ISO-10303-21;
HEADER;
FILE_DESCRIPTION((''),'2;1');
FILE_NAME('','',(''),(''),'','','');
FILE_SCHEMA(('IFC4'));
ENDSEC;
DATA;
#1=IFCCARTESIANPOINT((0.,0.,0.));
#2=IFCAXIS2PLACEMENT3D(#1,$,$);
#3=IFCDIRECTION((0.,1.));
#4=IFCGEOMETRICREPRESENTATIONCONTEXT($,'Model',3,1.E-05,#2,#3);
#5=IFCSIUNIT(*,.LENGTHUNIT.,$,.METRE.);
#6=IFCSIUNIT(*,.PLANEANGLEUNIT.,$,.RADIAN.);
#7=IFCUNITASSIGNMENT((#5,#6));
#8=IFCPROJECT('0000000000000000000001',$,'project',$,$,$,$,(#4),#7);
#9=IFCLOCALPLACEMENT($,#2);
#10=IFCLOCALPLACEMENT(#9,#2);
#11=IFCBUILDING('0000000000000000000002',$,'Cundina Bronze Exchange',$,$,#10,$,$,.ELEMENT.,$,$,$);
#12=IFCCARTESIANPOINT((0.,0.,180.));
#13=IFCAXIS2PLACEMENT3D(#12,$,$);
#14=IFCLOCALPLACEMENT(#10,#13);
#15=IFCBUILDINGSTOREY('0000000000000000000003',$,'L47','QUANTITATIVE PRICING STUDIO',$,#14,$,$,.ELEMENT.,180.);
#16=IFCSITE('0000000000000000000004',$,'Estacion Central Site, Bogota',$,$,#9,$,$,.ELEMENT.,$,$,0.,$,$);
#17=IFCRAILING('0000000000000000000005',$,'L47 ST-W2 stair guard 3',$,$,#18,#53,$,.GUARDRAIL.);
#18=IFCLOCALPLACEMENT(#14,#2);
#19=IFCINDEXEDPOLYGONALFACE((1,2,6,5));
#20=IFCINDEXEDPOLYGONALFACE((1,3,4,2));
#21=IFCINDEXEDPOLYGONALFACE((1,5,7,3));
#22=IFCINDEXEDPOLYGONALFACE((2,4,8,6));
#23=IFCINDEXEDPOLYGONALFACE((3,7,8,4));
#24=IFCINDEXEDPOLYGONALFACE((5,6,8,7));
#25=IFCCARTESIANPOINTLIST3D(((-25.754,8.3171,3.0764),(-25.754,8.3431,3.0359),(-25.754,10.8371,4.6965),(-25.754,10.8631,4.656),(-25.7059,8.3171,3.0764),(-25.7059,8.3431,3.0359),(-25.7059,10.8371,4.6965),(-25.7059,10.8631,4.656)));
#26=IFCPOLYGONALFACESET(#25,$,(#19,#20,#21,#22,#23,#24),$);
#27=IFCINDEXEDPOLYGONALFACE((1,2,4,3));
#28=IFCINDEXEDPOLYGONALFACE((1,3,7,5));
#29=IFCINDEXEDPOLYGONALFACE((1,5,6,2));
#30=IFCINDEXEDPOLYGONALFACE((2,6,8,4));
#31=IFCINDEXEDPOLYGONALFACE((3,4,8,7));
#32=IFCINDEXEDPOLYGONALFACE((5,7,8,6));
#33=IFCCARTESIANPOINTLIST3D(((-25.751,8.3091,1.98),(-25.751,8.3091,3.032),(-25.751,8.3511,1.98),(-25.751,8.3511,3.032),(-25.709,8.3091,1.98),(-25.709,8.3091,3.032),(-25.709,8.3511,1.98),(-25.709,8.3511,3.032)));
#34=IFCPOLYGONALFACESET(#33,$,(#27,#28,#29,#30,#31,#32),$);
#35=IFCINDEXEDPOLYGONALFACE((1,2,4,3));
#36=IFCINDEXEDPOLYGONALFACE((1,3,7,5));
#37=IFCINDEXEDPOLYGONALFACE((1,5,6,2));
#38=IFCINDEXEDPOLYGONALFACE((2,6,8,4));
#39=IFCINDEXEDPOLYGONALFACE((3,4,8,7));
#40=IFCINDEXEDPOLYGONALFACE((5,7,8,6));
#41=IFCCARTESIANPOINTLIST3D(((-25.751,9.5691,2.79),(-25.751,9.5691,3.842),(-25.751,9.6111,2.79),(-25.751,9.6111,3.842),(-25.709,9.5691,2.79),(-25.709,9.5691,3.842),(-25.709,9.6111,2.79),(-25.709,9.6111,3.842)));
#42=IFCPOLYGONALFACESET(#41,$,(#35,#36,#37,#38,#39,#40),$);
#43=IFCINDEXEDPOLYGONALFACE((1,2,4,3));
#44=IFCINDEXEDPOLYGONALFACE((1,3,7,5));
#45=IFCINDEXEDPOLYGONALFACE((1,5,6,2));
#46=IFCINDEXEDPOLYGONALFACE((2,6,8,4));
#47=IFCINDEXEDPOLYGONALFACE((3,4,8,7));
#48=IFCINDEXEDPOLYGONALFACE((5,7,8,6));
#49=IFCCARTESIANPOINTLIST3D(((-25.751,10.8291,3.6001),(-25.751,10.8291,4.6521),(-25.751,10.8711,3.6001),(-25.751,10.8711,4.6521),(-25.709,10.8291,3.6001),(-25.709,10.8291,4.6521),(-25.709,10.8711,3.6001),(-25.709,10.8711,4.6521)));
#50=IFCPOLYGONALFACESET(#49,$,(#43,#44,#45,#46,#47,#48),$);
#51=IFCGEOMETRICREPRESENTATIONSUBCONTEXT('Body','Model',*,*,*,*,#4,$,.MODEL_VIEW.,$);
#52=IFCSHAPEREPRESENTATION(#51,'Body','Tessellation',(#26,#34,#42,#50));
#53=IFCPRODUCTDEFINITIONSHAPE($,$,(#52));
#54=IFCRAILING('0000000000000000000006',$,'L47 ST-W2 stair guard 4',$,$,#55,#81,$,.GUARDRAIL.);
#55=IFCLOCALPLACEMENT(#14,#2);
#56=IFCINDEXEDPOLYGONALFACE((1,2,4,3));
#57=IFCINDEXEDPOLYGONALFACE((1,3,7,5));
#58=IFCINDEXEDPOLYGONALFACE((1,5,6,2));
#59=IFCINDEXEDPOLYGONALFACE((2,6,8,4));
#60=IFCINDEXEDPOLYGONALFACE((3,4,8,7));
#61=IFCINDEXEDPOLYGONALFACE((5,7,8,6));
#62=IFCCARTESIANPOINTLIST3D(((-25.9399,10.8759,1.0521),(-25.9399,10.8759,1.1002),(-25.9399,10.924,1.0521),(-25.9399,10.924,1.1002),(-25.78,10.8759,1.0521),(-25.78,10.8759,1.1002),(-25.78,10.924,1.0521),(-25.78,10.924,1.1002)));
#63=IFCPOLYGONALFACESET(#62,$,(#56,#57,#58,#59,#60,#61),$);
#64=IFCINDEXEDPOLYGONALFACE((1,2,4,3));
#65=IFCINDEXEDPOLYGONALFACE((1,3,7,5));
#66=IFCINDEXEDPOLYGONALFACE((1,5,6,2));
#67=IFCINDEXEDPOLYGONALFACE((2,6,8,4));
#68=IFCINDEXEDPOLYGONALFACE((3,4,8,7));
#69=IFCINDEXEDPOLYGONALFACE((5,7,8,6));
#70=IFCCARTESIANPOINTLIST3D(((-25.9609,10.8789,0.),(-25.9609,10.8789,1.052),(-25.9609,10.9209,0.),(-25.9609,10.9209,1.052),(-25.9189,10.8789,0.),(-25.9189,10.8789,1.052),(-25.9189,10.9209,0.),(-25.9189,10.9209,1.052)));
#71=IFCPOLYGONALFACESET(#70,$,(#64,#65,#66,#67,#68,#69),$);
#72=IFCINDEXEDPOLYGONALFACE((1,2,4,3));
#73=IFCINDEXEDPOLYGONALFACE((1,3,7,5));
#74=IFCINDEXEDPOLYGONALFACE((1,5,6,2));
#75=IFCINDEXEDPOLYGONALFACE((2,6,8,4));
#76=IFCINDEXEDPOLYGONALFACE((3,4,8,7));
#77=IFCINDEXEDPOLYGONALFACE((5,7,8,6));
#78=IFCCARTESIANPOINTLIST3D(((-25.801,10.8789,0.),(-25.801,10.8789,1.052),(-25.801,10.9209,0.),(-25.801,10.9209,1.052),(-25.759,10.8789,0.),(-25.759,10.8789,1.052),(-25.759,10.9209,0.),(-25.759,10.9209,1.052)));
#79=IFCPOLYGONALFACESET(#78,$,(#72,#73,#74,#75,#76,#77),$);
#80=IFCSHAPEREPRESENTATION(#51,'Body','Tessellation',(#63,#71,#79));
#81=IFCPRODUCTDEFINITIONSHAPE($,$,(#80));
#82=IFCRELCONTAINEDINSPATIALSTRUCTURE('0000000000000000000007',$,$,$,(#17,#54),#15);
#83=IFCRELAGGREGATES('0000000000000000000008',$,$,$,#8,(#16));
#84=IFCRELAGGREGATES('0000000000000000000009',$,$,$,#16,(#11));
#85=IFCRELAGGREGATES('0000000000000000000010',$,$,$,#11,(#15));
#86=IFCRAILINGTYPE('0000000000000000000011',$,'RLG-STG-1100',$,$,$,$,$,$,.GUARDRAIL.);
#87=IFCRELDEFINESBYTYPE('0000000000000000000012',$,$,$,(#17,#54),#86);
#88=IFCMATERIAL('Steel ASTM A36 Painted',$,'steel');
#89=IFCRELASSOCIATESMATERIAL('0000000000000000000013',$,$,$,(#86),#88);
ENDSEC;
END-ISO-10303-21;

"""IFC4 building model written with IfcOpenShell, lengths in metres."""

from ifc_helpers import new_model, si_unit, direction, frame, origin, origin_2d, place, context, subcontext, project, spatial, rectangle, extrude, material, type_object, element, save


model = new_model("IFC4")

# Units and contexts
model_context = context("Model", 3, precision=1e-05, world=origin(), true_north=direction((0.0, 1.0)))
body_context = subcontext(model_context, "Body", "Model", "MODEL_VIEW")
ifc_project = project(units=[si_unit("LENGTHUNIT", "METRE"), si_unit("PLANEANGLEUNIT", "RADIAN")], contexts=[model_context])

# Site, building, storey
site_placement = place(None, origin())
site = spatial("IfcSite", under=ifc_project, at=site_placement, Name="Estacion Central Site, Bogota", CompositionType="ELEMENT", RefElevation=0.0)
building_placement = place(site_placement, origin())
building = spatial("IfcBuilding", under=site, at=building_placement, Name="Cundina Bronze Exchange", CompositionType="ELEMENT")
storey_placement = place(building_placement, frame((0.0, 0.0, 180.0)))
storey = spatial("IfcBuildingStorey", under=building, at=storey_placement, Name="L47", Description="QUANTITATIVE PRICING STUDIO", CompositionType="ELEMENT", Elevation=180.0)

# Shared definitions
ifc_material_1 = material(Name="Steel ASTM A36 Painted", Category="steel")

# Railings
railing_type_1 = type_object("IfcRailingType", Name="RLG-STG-1100", PredefinedType="GUARDRAIL", material=ifc_material_1)
railing_1_placement = place(storey_placement, frame((-25.73, 8.3301, 1.98)))
element("IfcRailing", 1, at=railing_1_placement, inside=storey, type_object=railing_type_1, Name="L47 ST-W2 stair guard 3", PredefinedType="GUARDRAIL", context=body_context, shape_type="SweptSolid", body=[
    extrude(rectangle(XDim=0.0481, YDim=0.0481, at=origin_2d()), frame((0.0, 0.0, 1.0762), z_axis=(0.0, 0.841163, 0.540782), x_axis=(-1.0, 0.0, 0.0)), (0.0, 0.0, 1.0), 2.9958),
    extrude(rectangle(XDim=0.042, YDim=0.042, at=origin_2d()), origin(), (0.0, 0.0, 1.0), 1.052),
    extrude(rectangle(XDim=0.042, YDim=0.042, at=origin_2d()), frame((0.0, 1.26, 0.8101)), (0.0, 0.0, 1.0), 1.052),
    extrude(rectangle(XDim=0.042, YDim=0.042, at=origin_2d()), frame((0.0, 2.52, 1.6201)), (0.0, 0.0, 1.0), 1.052),
])
railing_2_placement = place(storey_placement, frame((-25.9399, 10.8999, 0.0)))
element("IfcRailing", 2, at=railing_2_placement, inside=storey, type_object=railing_type_1, Name="L47 ST-W2 stair guard 4", PredefinedType="GUARDRAIL", context=body_context, shape_type="SweptSolid", body=[
    extrude(rectangle(XDim=0.0481, YDim=0.0481, at=origin_2d()), frame((0.0, 0.0, 1.0762), z_axis=(1.0, 0.0, 0.0), x_axis=(0.0, 1.0, 0.0)), (0.0, 0.0, 1.0), 0.1599),
    extrude(rectangle(XDim=0.042, YDim=0.042, at=origin_2d()), origin(), (0.0, 0.0, 1.0), 1.052),
    extrude(rectangle(XDim=0.042, YDim=0.042, at=origin_2d()), frame((0.1599, 0.0, 0.0)), (0.0, 0.0, 1.0), 1.052),
])

save(model, "model.ifc")
